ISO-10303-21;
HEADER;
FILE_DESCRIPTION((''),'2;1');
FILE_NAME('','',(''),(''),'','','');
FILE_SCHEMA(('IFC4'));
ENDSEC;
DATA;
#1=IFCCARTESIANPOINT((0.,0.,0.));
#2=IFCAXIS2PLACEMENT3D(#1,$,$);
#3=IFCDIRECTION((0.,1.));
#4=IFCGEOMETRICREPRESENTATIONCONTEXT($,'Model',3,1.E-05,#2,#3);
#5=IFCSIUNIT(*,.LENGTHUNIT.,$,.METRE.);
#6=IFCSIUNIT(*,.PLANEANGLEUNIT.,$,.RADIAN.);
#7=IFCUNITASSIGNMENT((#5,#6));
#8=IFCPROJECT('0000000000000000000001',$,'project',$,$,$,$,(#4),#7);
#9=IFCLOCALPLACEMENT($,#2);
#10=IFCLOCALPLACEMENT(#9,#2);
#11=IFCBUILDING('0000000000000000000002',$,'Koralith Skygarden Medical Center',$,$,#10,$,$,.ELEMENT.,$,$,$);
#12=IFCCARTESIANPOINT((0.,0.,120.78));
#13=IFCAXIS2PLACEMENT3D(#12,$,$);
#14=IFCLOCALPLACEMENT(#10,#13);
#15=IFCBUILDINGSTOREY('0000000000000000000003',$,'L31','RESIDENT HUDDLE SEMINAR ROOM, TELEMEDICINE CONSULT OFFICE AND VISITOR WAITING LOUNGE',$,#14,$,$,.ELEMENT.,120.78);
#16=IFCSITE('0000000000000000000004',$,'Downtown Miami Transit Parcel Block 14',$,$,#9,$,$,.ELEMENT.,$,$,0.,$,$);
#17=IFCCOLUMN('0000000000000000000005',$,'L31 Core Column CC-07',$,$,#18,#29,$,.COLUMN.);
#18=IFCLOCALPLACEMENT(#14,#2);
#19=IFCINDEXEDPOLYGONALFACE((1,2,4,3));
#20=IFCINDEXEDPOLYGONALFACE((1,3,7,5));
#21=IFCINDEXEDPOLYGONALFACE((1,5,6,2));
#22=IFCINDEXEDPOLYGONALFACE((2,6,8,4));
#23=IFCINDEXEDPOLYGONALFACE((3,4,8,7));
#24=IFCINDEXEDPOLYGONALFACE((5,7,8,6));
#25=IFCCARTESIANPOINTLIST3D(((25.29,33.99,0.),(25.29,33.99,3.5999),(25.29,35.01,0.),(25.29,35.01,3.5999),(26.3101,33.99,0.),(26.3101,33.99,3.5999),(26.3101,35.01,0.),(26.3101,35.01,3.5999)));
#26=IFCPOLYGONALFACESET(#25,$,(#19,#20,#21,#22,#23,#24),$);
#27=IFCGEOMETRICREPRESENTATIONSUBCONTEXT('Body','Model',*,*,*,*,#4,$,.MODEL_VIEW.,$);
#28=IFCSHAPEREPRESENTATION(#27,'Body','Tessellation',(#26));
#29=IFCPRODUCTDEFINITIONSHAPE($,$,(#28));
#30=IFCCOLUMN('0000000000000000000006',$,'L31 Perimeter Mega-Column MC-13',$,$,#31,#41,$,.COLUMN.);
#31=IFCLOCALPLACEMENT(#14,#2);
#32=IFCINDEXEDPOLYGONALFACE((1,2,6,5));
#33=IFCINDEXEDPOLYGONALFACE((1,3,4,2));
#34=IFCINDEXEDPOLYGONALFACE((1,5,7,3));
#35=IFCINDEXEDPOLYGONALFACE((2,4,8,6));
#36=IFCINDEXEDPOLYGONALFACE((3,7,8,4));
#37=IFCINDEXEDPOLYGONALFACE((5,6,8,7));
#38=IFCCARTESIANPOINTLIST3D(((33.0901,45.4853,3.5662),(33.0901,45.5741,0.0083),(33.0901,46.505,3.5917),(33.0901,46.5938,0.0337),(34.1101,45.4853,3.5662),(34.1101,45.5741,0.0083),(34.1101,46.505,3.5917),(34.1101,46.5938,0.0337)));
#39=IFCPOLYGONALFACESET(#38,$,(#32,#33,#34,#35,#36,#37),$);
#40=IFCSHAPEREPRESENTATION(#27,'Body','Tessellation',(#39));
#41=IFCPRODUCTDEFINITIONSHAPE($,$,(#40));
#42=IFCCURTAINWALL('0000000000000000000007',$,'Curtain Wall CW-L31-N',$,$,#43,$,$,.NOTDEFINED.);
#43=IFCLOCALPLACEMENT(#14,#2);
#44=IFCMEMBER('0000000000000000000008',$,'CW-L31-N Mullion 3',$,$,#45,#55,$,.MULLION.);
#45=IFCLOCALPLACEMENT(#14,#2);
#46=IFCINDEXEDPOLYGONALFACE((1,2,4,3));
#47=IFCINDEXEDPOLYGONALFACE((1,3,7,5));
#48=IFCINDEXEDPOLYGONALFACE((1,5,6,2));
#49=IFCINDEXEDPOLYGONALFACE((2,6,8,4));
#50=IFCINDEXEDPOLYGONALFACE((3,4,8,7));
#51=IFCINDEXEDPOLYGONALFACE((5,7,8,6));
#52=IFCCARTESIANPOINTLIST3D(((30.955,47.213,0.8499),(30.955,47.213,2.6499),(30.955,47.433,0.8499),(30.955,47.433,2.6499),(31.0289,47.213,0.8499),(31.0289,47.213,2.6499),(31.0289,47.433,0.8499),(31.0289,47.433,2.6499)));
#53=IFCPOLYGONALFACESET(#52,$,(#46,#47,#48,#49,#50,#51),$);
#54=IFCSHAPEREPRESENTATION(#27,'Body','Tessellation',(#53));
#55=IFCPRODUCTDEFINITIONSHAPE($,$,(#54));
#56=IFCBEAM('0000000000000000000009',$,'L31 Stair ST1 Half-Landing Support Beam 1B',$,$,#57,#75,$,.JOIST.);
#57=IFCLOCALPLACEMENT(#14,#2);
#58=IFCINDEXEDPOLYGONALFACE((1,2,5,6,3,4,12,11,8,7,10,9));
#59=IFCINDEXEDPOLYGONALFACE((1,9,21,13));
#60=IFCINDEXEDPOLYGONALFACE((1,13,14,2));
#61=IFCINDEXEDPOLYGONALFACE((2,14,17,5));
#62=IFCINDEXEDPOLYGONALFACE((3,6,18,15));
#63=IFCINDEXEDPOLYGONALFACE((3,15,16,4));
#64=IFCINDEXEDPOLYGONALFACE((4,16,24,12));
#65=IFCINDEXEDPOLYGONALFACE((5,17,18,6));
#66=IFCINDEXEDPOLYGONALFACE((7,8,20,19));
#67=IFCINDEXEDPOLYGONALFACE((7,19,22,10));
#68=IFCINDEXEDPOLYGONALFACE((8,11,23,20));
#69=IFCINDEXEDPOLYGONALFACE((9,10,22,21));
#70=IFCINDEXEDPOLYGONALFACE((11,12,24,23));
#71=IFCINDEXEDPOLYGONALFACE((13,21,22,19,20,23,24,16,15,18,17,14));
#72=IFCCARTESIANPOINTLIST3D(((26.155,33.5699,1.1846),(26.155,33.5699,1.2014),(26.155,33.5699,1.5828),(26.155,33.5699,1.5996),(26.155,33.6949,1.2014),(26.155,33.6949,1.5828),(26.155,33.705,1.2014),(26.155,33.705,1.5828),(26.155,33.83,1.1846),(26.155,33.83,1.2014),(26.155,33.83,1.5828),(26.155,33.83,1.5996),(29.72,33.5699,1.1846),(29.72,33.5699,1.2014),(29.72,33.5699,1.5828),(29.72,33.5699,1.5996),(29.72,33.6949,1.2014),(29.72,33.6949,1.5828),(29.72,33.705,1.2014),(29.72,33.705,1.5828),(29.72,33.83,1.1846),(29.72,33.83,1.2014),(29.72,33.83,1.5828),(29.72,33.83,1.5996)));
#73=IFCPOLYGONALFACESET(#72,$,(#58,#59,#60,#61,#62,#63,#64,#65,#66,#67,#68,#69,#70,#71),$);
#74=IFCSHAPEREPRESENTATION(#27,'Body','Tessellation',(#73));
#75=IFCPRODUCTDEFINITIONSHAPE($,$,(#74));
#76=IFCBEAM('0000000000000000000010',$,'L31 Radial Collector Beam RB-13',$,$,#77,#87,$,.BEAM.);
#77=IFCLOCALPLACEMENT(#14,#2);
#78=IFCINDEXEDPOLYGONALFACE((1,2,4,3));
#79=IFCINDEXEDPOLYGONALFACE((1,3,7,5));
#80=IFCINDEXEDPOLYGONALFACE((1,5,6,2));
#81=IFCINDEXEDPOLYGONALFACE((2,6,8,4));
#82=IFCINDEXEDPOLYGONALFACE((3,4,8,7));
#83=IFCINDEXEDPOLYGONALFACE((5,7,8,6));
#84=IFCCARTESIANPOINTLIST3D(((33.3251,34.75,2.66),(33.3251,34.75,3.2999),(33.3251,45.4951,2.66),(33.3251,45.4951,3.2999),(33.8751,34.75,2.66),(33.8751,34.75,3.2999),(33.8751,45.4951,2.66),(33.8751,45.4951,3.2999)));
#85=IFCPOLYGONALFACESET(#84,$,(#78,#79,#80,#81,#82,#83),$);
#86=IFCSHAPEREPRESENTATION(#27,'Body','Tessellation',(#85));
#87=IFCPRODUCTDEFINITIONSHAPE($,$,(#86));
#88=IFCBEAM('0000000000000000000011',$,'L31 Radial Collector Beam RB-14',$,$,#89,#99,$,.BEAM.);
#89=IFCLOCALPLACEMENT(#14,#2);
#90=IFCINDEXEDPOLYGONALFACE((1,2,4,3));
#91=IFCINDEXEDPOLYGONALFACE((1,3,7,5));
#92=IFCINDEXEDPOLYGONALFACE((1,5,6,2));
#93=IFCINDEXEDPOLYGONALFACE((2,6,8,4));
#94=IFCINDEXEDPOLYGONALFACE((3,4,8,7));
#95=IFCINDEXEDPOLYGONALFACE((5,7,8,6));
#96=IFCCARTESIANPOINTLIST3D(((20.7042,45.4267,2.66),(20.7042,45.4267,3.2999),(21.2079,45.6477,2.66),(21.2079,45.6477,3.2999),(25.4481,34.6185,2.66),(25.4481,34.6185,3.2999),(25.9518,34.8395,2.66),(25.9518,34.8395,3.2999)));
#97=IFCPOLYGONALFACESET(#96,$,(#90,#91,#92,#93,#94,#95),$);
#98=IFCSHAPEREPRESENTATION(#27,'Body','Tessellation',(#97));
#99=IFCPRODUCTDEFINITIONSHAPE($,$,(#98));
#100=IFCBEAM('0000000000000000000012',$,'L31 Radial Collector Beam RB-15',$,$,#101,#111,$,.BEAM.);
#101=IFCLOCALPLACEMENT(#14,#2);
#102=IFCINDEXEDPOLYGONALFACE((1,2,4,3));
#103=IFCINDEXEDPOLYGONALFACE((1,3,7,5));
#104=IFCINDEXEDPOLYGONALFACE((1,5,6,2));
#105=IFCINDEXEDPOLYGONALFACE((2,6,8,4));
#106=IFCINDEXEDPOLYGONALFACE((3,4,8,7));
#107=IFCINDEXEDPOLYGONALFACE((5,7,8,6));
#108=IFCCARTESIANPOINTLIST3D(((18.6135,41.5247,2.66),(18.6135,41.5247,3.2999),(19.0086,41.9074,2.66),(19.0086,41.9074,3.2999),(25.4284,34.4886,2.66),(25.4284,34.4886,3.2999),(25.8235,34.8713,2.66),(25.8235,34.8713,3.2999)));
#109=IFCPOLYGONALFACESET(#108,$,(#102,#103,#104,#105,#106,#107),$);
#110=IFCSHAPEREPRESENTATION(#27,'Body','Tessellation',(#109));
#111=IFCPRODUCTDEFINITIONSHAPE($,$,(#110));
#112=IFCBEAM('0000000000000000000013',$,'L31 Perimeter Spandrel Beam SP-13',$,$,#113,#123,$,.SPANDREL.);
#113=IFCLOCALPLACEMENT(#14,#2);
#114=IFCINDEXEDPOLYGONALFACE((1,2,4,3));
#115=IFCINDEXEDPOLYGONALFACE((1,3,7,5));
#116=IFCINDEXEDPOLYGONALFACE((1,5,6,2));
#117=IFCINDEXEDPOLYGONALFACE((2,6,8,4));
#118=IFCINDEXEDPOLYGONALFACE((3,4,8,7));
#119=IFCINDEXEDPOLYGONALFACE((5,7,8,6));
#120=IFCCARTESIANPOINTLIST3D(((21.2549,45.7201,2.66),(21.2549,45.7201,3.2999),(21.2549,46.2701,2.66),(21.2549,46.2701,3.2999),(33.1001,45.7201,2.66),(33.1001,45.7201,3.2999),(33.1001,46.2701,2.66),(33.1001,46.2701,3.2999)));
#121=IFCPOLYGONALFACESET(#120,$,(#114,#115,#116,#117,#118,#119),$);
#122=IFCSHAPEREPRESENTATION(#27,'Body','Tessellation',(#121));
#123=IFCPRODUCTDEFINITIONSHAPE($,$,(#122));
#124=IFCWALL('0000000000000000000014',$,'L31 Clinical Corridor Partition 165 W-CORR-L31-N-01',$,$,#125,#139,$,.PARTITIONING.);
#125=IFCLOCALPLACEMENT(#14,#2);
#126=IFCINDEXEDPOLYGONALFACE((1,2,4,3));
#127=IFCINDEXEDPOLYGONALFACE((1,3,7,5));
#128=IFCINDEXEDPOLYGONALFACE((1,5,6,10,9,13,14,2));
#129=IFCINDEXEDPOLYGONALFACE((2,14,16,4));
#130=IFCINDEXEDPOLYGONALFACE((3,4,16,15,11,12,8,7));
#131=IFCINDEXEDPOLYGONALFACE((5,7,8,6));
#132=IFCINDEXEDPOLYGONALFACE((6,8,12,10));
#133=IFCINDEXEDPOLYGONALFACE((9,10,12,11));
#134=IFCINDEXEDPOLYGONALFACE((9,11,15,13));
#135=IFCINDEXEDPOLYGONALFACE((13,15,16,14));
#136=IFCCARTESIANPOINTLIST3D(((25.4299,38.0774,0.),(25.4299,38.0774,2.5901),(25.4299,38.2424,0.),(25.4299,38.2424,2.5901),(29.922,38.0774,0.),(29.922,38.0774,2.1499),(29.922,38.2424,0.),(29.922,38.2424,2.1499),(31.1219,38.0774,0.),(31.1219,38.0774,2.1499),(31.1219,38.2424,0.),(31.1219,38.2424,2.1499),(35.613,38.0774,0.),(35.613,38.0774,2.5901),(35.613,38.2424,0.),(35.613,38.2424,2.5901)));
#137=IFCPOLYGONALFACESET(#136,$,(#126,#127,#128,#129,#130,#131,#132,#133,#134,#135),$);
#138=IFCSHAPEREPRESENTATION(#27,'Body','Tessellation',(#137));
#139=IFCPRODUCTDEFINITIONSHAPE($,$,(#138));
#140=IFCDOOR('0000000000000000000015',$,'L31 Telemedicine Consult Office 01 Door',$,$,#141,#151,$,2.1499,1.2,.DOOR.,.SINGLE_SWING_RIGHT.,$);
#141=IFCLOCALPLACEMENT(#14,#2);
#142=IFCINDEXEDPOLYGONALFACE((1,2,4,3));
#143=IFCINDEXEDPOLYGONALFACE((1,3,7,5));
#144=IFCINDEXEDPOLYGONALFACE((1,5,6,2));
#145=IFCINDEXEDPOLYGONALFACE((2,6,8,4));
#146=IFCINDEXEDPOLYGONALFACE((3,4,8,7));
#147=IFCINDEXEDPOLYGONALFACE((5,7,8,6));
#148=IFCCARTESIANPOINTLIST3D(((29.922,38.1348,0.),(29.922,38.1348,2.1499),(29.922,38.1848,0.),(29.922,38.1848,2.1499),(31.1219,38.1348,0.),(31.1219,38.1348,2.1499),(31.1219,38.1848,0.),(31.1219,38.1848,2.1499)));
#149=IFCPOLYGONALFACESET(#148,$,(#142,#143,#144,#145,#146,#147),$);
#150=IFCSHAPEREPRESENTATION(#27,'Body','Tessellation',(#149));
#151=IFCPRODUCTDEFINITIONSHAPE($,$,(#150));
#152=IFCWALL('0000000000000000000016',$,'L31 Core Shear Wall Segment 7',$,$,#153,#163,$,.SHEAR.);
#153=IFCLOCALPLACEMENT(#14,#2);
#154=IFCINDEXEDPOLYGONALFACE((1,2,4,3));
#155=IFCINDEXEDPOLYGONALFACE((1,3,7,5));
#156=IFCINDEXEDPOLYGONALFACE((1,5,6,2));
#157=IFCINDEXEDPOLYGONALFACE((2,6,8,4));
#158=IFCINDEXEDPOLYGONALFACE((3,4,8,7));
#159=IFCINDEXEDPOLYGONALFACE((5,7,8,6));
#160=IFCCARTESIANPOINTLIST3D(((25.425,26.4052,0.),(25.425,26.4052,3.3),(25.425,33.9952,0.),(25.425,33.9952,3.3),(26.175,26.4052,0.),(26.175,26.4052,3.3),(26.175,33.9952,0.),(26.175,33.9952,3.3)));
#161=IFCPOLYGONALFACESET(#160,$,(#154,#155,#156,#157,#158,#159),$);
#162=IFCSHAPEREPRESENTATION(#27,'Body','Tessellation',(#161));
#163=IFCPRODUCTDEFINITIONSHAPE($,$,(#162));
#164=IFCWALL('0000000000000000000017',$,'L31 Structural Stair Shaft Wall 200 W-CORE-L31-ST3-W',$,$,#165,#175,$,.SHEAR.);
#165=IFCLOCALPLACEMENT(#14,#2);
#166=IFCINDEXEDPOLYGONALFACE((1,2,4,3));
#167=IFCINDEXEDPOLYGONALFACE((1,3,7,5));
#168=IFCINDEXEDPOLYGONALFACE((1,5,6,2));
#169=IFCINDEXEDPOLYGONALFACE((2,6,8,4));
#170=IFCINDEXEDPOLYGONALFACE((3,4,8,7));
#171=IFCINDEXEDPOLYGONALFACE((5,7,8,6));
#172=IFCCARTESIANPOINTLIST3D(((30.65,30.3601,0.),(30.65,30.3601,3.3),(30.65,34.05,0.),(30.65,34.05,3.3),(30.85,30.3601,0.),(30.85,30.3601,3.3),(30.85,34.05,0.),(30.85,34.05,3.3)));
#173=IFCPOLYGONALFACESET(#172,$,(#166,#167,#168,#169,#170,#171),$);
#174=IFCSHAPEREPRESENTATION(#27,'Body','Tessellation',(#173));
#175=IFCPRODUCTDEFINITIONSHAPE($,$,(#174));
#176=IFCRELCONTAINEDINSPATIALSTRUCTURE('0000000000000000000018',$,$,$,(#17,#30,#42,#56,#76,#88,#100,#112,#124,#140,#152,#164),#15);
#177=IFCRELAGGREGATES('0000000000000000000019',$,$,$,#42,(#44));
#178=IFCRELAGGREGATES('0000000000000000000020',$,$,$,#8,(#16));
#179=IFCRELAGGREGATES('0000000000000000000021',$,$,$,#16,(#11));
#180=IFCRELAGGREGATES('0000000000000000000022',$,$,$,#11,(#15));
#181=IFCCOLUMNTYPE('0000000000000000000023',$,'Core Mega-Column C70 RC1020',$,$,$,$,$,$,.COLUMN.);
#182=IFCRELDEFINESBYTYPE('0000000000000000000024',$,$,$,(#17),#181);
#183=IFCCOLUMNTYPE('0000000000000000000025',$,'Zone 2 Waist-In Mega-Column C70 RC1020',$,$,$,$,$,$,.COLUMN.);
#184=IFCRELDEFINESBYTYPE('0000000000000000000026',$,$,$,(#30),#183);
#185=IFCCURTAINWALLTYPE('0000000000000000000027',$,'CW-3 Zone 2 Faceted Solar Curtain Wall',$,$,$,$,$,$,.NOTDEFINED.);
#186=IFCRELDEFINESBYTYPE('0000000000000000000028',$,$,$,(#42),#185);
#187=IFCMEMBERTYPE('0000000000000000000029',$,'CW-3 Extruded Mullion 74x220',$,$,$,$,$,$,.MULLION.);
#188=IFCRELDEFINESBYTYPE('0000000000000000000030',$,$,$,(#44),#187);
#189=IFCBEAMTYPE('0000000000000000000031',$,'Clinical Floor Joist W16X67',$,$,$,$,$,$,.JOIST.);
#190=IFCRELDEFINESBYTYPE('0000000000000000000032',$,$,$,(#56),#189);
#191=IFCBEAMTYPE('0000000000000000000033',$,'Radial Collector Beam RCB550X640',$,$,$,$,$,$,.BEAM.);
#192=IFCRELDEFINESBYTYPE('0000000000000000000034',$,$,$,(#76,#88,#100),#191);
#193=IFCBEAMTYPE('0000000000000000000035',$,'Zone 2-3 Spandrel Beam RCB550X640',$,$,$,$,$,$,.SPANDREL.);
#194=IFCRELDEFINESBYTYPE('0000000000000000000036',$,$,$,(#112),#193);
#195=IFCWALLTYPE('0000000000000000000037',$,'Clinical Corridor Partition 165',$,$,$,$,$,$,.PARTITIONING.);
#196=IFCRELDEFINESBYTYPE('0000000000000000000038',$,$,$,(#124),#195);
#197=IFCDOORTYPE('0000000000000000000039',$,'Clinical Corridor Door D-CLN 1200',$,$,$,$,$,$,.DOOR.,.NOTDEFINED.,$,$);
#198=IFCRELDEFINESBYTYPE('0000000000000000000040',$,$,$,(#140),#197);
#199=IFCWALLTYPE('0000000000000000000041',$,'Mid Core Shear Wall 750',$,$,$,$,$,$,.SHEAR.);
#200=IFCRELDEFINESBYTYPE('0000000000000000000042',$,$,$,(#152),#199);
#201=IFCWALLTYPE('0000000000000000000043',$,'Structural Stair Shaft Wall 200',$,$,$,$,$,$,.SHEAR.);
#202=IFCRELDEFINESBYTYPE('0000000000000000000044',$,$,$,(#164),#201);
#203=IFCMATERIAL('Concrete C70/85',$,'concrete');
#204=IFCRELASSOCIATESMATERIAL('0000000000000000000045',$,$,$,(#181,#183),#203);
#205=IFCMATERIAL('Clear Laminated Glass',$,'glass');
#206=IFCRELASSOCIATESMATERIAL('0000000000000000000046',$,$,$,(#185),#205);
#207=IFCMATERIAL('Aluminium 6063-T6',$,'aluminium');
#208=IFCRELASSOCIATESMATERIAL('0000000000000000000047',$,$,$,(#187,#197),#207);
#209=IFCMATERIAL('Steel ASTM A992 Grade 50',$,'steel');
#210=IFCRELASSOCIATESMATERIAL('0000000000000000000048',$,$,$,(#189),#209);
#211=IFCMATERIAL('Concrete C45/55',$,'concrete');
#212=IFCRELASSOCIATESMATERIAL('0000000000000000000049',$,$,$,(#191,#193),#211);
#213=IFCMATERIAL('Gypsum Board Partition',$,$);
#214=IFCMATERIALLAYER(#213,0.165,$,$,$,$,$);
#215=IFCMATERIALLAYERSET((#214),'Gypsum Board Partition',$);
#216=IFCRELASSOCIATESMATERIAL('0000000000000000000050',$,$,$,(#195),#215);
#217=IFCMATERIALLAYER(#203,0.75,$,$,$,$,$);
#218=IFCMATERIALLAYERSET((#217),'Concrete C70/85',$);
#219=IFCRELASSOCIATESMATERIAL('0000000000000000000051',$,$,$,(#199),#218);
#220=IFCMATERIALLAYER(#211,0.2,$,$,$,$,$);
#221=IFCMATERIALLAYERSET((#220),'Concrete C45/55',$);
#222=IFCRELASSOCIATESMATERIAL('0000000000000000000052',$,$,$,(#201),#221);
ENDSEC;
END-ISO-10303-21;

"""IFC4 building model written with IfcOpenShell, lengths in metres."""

from ifc_helpers import new_model, si_unit, direction, frame, frame_2d, origin, origin_2d, place, context, subcontext, project, spatial, rectangle, i_section, extrude, material, layer, layer_set, material_profile, profile_set, type_object, element, fill, aggregate, save


model = new_model("IFC4")

# Units and contexts
model_context = context("Model", 3, precision=1e-05, world=origin(), true_north=direction((0.0, 1.0)))
body_context = subcontext(model_context, "Body", "Model", "MODEL_VIEW")
ifc_project = project(units=[si_unit("LENGTHUNIT", "METRE"), si_unit("PLANEANGLEUNIT", "RADIAN")], contexts=[model_context])

# Site, building, storey
site_placement = place(None, origin())
site = spatial("IfcSite", under=ifc_project, at=site_placement, Name="Downtown Miami Transit Parcel Block 14", CompositionType="ELEMENT", RefElevation=0.0)
building_placement = place(site_placement, origin())
building = spatial("IfcBuilding", under=site, at=building_placement, Name="Koralith Skygarden Medical Center", CompositionType="ELEMENT")
storey_placement = place(building_placement, frame((0.0, 0.0, 120.78)))
storey = spatial("IfcBuildingStorey", under=building, at=storey_placement, Name="L31", Description="RESIDENT HUDDLE SEMINAR ROOM, TELEMEDICINE CONSULT OFFICE AND VISITOR WAITING LOUNGE", CompositionType="ELEMENT", Elevation=120.78)

# Columns
ifc_material_1 = material(Name="Concrete C70/85", Category="concrete")
ifc_material_profile_1 = material_profile(ifc_material_1, rectangle(XDim=1.02, YDim=1.02, at=origin_2d()), Name="RC1020X1020")
ifc_profile_set_1 = profile_set([ifc_material_profile_1], Name="Concrete C70/85")
column_type_1 = type_object("IfcColumnType", Name="Core Mega-Column C70 RC1020", PredefinedType="COLUMN", material=ifc_profile_set_1)
column_1_placement = place(storey_placement, frame((25.8, 34.5, 0.0), z_axis=(0.0, 0.0, 1.0), x_axis=(1.0, 0.0, 0.0)))
element("IfcColumn", 1, at=column_1_placement, inside=storey, type_object=column_type_1, Name="L31 Core Column CC-07", PredefinedType="COLUMN", context=body_context, shape_type="SweptSolid", body=[
    extrude(rectangle(XDim=1.02, YDim=1.02, at=origin_2d()), origin(), (0.0, 0.0, 1.0), 3.5999),
])
ifc_material_profile_2 = material_profile(ifc_material_1, rectangle(XDim=1.02, YDim=1.02, at=origin_2d()), Name="RC1020X1020")
ifc_profile_set_2 = profile_set([ifc_material_profile_2], Name="Concrete C70/85")
column_type_2 = type_object("IfcColumnType", Name="Zone 2 Waist-In Mega-Column C70 RC1020", PredefinedType="COLUMN", material=ifc_profile_set_2)
column_2_placement = place(storey_placement, frame((33.6001, 46.084, 0.021), z_axis=(0.0, -0.02497, 0.999688), x_axis=(1.0, 0.0, 0.0)))
element("IfcColumn", 2, at=column_2_placement, inside=storey, type_object=column_type_2, Name="L31 Perimeter Mega-Column MC-13", PredefinedType="COLUMN", context=body_context, shape_type="SweptSolid", body=[
    extrude(rectangle(XDim=1.02, YDim=1.02, at=origin_2d()), origin(), (0.0, 0.0, 1.0), 3.5591),
])

# Curtain wall, member
ifc_material_2 = material(Name="Clear Laminated Glass", Category="glass")
curtain_wall_type = type_object("IfcCurtainWallType", Name="CW-3 Zone 2 Faceted Solar Curtain Wall", PredefinedType="NOTDEFINED", material=ifc_material_2)
curtain_wall_placement = place(storey_placement, origin())
curtain_wall = element("IfcCurtainWall", 3, at=curtain_wall_placement, inside=storey, type_object=curtain_wall_type, Name="Curtain Wall CW-L31-N", PredefinedType="NOTDEFINED")
ifc_material_3 = material(Name="Aluminium 6063-T6", Category="aluminium")
ifc_material_profile_3 = material_profile(ifc_material_3, rectangle(XDim=0.074, YDim=0.22, at=origin_2d()), Name="MUL74X220")
ifc_profile_set_3 = profile_set([ifc_material_profile_3], Name="Aluminium 6063-T6")
member_type = type_object("IfcMemberType", Name="CW-3 Extruded Mullion 74x220", PredefinedType="MULLION", material=ifc_profile_set_3)
member_placement = place(storey_placement, frame((30.9919, 47.323, 0.8499), z_axis=(0.0, 0.0, 1.0), x_axis=(1.0, 0.0, 0.0)))
member = element("IfcMember", 4, at=member_placement, type_object=member_type, Name="CW-L31-N Mullion 3", PredefinedType="MULLION", context=body_context, shape_type="SweptSolid", body=[
    extrude(rectangle(XDim=0.074, YDim=0.22, at=origin_2d()), origin(), (0.0, 0.0, 1.0), 1.8),
])
aggregate(curtain_wall, [member])

# Beams
ifc_material_4 = material(Name="Steel ASTM A992 Grade 50", Category="steel")
ifc_material_profile_4 = material_profile(ifc_material_4, i_section(OverallWidth=0.26, OverallDepth=0.415, WebThickness=0.01, FlangeThickness=0.0168, at=origin_2d()), Name="W16X67")
ifc_profile_set_4 = profile_set([ifc_material_profile_4], Name="Steel ASTM A992 Grade 50")
beam_type_1 = type_object("IfcBeamType", Name="Clinical Floor Joist W16X67", PredefinedType="JOIST", material=ifc_profile_set_4)
beam_1_placement = place(storey_placement, frame((26.155, 33.7, 1.3921), z_axis=(1.0, 0.0, 0.0), x_axis=(0.0, 1.0, 0.0)))
element("IfcBeam", 5, at=beam_1_placement, inside=storey, type_object=beam_type_1, Name="L31 Stair ST1 Half-Landing Support Beam 1B", PredefinedType="JOIST", context=body_context, shape_type="SweptSolid", body=[
    extrude(i_section(OverallWidth=0.26, OverallDepth=0.415, WebThickness=0.01, FlangeThickness=0.0168, at=origin_2d()), origin(), (0.0, 0.0, 1.0), 3.5649),
])
ifc_material_5 = material(Name="Concrete C45/55", Category="concrete")
ifc_material_profile_5 = material_profile(ifc_material_5, rectangle(XDim=0.55, YDim=0.6399, at=origin_2d()), Name="RCB550X640")
ifc_profile_set_5 = profile_set([ifc_material_profile_5], Name="Concrete C45/55")
beam_type_2 = type_object("IfcBeamType", Name="Radial Collector Beam RCB550X640", PredefinedType="BEAM", material=ifc_profile_set_5)
beam_2_placement = place(storey_placement, frame((33.6001, 34.75, 2.98), z_axis=(0.0, 1.0, 0.0), x_axis=(-1.0, 0.0, 0.0)))
element("IfcBeam", 6, at=beam_2_placement, inside=storey, type_object=beam_type_2, Name="L31 Radial Collector Beam RB-13", PredefinedType="BEAM", context=body_context, shape_type="SweptSolid", body=[
    extrude(rectangle(XDim=0.55, YDim=0.6399, at=origin_2d()), origin(), (0.0, 0.0, 1.0), 10.7451),
])
beam_3_placement = place(storey_placement, frame((25.7, 34.729, 2.98), z_axis=(-0.40191, 0.915679, 0.0), x_axis=(-0.915679, -0.40191, 0.0)))
element("IfcBeam", 7, at=beam_3_placement, inside=storey, type_object=beam_type_2, Name="L31 Radial Collector Beam RB-14", PredefinedType="BEAM", context=body_context, shape_type="SweptSolid", body=[
    extrude(rectangle(XDim=0.55, YDim=0.6399, at=origin_2d()), origin(), (0.0, 0.0, 1.0), 11.8035),
])
beam_4_placement = place(storey_placement, frame((25.626, 34.6799, 2.98), z_axis=(-0.695726, 0.718307, 0.0), x_axis=(-0.718307, -0.695726, 0.0)))
element("IfcBeam", 8, at=beam_4_placement, inside=storey, type_object=beam_type_2, Name="L31 Radial Collector Beam RB-15", PredefinedType="BEAM", context=body_context, shape_type="SweptSolid", body=[
    extrude(rectangle(XDim=0.55, YDim=0.6399, at=origin_2d()), origin(), (0.0, 0.0, 1.0), 9.7954),
])
ifc_material_profile_6 = material_profile(ifc_material_5, rectangle(XDim=0.55, YDim=0.6399, at=origin_2d()), Name="RCB550X640")
ifc_profile_set_6 = profile_set([ifc_material_profile_6], Name="Concrete C45/55")
beam_type_3 = type_object("IfcBeamType", Name="Zone 2-3 Spandrel Beam RCB550X640", PredefinedType="SPANDREL", material=ifc_profile_set_6)
beam_5_placement = place(storey_placement, frame((33.1001, 45.9951, 2.98), z_axis=(-1.0, 0.0, 0.0), x_axis=(0.0, -1.0, 0.0)))
element("IfcBeam", 9, at=beam_5_placement, inside=storey, type_object=beam_type_3, Name="L31 Perimeter Spandrel Beam SP-13", PredefinedType="SPANDREL", context=body_context, shape_type="SweptSolid", body=[
    extrude(rectangle(XDim=0.55, YDim=0.6399, at=origin_2d()), origin(), (0.0, 0.0, 1.0), 11.8452),
])

# Wall, opening, door
ifc_material_6 = material(Name="Gypsum Board Partition")
ifc_layer_1 = layer(ifc_material_6, 0.165)
ifc_layer_set_1 = layer_set([ifc_layer_1], Name="Gypsum Board Partition")
wall_type_1 = type_object("IfcWallType", Name="Clinical Corridor Partition 165", PredefinedType="PARTITIONING", material=ifc_layer_set_1)
wall_1_placement = place(storey_placement, frame((25.4299, 38.1599, 0.0), z_axis=(0.0, 0.0, 1.0), x_axis=(1.0, 0.0, 0.0)))
wall_1 = element("IfcWall", 10, at=wall_1_placement, inside=storey, type_object=wall_type_1, Name="L31 Clinical Corridor Partition 165 W-CORR-L31-N-01", PredefinedType="PARTITIONING", context=body_context, shape_type="SweptSolid", body=[
    extrude(rectangle(XDim=10.1831, YDim=0.165, at=frame_2d((5.0916, 0.0))), origin(), (0.0, 0.0, 1.0), 2.5901),
])
opening_placement = place(wall_1_placement, frame((4.4919, 0.0, 0.0)))
opening = element("IfcOpeningElement", 11, at=opening_placement, cuts=wall_1, PredefinedType="OPENING", context=body_context, shape_type="SweptSolid", body=[
    extrude(rectangle(XDim=1.2, YDim=2.1499, at=frame_2d((0.6001, 1.075))), frame((0.0, 0.0925, 0.0), z_axis=(0.0, -1.0, 0.0), x_axis=(1.0, 0.0, 0.0)), (0.0, 0.0, 1.0), 0.1851),
])
door_type = type_object("IfcDoorType", Name="Clinical Corridor Door D-CLN 1200", OperationType="NOTDEFINED", PredefinedType="DOOR", material=ifc_material_3)
door_placement = place(opening_placement, origin())
door = element("IfcDoor", 12, at=door_placement, inside=storey, type_object=door_type, Name="L31 Telemedicine Consult Office 01 Door", OperationType="SINGLE_SWING_RIGHT", OverallHeight=2.1499, OverallWidth=1.2, PredefinedType="DOOR", context=body_context, shape_type="SweptSolid", body=[
    extrude(rectangle(XDim=1.2, YDim=2.1499, at=frame_2d((0.6001, 1.075))), frame((0.0, 0.0249, 0.0), z_axis=(0.0, -1.0, 0.0), x_axis=(1.0, 0.0, 0.0)), (0.0, 0.0, 1.0), 0.05),
])
fill(opening, door)

# Walls
ifc_layer_2 = layer(ifc_material_1, 0.75)
ifc_layer_set_2 = layer_set([ifc_layer_2], Name="Concrete C70/85")
wall_type_2 = type_object("IfcWallType", Name="Mid Core Shear Wall 750", PredefinedType="SHEAR", material=ifc_layer_set_2)
wall_2_placement = place(storey_placement, frame((25.8, 33.9951, 0.0), z_axis=(0.0, 0.0, 1.0), x_axis=(0.0, -1.0, 0.0)))
element("IfcWall", 13, at=wall_2_placement, inside=storey, type_object=wall_type_2, Name="L31 Core Shear Wall Segment 7", PredefinedType="SHEAR", context=body_context, shape_type="SweptSolid", body=[
    extrude(rectangle(XDim=7.5901, YDim=0.75, at=frame_2d((3.7949, 0.0))), origin(), (0.0, 0.0, 1.0), 3.3),
])
ifc_layer_3 = layer(ifc_material_5, 0.2)
ifc_layer_set_3 = layer_set([ifc_layer_3], Name="Concrete C45/55")
wall_type_3 = type_object("IfcWallType", Name="Structural Stair Shaft Wall 200", PredefinedType="SHEAR", material=ifc_layer_set_3)
wall_3_placement = place(storey_placement, frame((30.75, 30.3601, 0.0), z_axis=(0.0, 0.0, 1.0), x_axis=(0.0, 1.0, 0.0)))
element("IfcWall", 14, at=wall_3_placement, inside=storey, type_object=wall_type_3, Name="L31 Structural Stair Shaft Wall 200 W-CORE-L31-ST3-W", PredefinedType="SHEAR", context=body_context, shape_type="SweptSolid", body=[
    extrude(rectangle(XDim=3.6899, YDim=0.2, at=frame_2d((1.845, 0.0))), origin(), (0.0, 0.0, 1.0), 3.3),
])

save(model, "model.ifc")
